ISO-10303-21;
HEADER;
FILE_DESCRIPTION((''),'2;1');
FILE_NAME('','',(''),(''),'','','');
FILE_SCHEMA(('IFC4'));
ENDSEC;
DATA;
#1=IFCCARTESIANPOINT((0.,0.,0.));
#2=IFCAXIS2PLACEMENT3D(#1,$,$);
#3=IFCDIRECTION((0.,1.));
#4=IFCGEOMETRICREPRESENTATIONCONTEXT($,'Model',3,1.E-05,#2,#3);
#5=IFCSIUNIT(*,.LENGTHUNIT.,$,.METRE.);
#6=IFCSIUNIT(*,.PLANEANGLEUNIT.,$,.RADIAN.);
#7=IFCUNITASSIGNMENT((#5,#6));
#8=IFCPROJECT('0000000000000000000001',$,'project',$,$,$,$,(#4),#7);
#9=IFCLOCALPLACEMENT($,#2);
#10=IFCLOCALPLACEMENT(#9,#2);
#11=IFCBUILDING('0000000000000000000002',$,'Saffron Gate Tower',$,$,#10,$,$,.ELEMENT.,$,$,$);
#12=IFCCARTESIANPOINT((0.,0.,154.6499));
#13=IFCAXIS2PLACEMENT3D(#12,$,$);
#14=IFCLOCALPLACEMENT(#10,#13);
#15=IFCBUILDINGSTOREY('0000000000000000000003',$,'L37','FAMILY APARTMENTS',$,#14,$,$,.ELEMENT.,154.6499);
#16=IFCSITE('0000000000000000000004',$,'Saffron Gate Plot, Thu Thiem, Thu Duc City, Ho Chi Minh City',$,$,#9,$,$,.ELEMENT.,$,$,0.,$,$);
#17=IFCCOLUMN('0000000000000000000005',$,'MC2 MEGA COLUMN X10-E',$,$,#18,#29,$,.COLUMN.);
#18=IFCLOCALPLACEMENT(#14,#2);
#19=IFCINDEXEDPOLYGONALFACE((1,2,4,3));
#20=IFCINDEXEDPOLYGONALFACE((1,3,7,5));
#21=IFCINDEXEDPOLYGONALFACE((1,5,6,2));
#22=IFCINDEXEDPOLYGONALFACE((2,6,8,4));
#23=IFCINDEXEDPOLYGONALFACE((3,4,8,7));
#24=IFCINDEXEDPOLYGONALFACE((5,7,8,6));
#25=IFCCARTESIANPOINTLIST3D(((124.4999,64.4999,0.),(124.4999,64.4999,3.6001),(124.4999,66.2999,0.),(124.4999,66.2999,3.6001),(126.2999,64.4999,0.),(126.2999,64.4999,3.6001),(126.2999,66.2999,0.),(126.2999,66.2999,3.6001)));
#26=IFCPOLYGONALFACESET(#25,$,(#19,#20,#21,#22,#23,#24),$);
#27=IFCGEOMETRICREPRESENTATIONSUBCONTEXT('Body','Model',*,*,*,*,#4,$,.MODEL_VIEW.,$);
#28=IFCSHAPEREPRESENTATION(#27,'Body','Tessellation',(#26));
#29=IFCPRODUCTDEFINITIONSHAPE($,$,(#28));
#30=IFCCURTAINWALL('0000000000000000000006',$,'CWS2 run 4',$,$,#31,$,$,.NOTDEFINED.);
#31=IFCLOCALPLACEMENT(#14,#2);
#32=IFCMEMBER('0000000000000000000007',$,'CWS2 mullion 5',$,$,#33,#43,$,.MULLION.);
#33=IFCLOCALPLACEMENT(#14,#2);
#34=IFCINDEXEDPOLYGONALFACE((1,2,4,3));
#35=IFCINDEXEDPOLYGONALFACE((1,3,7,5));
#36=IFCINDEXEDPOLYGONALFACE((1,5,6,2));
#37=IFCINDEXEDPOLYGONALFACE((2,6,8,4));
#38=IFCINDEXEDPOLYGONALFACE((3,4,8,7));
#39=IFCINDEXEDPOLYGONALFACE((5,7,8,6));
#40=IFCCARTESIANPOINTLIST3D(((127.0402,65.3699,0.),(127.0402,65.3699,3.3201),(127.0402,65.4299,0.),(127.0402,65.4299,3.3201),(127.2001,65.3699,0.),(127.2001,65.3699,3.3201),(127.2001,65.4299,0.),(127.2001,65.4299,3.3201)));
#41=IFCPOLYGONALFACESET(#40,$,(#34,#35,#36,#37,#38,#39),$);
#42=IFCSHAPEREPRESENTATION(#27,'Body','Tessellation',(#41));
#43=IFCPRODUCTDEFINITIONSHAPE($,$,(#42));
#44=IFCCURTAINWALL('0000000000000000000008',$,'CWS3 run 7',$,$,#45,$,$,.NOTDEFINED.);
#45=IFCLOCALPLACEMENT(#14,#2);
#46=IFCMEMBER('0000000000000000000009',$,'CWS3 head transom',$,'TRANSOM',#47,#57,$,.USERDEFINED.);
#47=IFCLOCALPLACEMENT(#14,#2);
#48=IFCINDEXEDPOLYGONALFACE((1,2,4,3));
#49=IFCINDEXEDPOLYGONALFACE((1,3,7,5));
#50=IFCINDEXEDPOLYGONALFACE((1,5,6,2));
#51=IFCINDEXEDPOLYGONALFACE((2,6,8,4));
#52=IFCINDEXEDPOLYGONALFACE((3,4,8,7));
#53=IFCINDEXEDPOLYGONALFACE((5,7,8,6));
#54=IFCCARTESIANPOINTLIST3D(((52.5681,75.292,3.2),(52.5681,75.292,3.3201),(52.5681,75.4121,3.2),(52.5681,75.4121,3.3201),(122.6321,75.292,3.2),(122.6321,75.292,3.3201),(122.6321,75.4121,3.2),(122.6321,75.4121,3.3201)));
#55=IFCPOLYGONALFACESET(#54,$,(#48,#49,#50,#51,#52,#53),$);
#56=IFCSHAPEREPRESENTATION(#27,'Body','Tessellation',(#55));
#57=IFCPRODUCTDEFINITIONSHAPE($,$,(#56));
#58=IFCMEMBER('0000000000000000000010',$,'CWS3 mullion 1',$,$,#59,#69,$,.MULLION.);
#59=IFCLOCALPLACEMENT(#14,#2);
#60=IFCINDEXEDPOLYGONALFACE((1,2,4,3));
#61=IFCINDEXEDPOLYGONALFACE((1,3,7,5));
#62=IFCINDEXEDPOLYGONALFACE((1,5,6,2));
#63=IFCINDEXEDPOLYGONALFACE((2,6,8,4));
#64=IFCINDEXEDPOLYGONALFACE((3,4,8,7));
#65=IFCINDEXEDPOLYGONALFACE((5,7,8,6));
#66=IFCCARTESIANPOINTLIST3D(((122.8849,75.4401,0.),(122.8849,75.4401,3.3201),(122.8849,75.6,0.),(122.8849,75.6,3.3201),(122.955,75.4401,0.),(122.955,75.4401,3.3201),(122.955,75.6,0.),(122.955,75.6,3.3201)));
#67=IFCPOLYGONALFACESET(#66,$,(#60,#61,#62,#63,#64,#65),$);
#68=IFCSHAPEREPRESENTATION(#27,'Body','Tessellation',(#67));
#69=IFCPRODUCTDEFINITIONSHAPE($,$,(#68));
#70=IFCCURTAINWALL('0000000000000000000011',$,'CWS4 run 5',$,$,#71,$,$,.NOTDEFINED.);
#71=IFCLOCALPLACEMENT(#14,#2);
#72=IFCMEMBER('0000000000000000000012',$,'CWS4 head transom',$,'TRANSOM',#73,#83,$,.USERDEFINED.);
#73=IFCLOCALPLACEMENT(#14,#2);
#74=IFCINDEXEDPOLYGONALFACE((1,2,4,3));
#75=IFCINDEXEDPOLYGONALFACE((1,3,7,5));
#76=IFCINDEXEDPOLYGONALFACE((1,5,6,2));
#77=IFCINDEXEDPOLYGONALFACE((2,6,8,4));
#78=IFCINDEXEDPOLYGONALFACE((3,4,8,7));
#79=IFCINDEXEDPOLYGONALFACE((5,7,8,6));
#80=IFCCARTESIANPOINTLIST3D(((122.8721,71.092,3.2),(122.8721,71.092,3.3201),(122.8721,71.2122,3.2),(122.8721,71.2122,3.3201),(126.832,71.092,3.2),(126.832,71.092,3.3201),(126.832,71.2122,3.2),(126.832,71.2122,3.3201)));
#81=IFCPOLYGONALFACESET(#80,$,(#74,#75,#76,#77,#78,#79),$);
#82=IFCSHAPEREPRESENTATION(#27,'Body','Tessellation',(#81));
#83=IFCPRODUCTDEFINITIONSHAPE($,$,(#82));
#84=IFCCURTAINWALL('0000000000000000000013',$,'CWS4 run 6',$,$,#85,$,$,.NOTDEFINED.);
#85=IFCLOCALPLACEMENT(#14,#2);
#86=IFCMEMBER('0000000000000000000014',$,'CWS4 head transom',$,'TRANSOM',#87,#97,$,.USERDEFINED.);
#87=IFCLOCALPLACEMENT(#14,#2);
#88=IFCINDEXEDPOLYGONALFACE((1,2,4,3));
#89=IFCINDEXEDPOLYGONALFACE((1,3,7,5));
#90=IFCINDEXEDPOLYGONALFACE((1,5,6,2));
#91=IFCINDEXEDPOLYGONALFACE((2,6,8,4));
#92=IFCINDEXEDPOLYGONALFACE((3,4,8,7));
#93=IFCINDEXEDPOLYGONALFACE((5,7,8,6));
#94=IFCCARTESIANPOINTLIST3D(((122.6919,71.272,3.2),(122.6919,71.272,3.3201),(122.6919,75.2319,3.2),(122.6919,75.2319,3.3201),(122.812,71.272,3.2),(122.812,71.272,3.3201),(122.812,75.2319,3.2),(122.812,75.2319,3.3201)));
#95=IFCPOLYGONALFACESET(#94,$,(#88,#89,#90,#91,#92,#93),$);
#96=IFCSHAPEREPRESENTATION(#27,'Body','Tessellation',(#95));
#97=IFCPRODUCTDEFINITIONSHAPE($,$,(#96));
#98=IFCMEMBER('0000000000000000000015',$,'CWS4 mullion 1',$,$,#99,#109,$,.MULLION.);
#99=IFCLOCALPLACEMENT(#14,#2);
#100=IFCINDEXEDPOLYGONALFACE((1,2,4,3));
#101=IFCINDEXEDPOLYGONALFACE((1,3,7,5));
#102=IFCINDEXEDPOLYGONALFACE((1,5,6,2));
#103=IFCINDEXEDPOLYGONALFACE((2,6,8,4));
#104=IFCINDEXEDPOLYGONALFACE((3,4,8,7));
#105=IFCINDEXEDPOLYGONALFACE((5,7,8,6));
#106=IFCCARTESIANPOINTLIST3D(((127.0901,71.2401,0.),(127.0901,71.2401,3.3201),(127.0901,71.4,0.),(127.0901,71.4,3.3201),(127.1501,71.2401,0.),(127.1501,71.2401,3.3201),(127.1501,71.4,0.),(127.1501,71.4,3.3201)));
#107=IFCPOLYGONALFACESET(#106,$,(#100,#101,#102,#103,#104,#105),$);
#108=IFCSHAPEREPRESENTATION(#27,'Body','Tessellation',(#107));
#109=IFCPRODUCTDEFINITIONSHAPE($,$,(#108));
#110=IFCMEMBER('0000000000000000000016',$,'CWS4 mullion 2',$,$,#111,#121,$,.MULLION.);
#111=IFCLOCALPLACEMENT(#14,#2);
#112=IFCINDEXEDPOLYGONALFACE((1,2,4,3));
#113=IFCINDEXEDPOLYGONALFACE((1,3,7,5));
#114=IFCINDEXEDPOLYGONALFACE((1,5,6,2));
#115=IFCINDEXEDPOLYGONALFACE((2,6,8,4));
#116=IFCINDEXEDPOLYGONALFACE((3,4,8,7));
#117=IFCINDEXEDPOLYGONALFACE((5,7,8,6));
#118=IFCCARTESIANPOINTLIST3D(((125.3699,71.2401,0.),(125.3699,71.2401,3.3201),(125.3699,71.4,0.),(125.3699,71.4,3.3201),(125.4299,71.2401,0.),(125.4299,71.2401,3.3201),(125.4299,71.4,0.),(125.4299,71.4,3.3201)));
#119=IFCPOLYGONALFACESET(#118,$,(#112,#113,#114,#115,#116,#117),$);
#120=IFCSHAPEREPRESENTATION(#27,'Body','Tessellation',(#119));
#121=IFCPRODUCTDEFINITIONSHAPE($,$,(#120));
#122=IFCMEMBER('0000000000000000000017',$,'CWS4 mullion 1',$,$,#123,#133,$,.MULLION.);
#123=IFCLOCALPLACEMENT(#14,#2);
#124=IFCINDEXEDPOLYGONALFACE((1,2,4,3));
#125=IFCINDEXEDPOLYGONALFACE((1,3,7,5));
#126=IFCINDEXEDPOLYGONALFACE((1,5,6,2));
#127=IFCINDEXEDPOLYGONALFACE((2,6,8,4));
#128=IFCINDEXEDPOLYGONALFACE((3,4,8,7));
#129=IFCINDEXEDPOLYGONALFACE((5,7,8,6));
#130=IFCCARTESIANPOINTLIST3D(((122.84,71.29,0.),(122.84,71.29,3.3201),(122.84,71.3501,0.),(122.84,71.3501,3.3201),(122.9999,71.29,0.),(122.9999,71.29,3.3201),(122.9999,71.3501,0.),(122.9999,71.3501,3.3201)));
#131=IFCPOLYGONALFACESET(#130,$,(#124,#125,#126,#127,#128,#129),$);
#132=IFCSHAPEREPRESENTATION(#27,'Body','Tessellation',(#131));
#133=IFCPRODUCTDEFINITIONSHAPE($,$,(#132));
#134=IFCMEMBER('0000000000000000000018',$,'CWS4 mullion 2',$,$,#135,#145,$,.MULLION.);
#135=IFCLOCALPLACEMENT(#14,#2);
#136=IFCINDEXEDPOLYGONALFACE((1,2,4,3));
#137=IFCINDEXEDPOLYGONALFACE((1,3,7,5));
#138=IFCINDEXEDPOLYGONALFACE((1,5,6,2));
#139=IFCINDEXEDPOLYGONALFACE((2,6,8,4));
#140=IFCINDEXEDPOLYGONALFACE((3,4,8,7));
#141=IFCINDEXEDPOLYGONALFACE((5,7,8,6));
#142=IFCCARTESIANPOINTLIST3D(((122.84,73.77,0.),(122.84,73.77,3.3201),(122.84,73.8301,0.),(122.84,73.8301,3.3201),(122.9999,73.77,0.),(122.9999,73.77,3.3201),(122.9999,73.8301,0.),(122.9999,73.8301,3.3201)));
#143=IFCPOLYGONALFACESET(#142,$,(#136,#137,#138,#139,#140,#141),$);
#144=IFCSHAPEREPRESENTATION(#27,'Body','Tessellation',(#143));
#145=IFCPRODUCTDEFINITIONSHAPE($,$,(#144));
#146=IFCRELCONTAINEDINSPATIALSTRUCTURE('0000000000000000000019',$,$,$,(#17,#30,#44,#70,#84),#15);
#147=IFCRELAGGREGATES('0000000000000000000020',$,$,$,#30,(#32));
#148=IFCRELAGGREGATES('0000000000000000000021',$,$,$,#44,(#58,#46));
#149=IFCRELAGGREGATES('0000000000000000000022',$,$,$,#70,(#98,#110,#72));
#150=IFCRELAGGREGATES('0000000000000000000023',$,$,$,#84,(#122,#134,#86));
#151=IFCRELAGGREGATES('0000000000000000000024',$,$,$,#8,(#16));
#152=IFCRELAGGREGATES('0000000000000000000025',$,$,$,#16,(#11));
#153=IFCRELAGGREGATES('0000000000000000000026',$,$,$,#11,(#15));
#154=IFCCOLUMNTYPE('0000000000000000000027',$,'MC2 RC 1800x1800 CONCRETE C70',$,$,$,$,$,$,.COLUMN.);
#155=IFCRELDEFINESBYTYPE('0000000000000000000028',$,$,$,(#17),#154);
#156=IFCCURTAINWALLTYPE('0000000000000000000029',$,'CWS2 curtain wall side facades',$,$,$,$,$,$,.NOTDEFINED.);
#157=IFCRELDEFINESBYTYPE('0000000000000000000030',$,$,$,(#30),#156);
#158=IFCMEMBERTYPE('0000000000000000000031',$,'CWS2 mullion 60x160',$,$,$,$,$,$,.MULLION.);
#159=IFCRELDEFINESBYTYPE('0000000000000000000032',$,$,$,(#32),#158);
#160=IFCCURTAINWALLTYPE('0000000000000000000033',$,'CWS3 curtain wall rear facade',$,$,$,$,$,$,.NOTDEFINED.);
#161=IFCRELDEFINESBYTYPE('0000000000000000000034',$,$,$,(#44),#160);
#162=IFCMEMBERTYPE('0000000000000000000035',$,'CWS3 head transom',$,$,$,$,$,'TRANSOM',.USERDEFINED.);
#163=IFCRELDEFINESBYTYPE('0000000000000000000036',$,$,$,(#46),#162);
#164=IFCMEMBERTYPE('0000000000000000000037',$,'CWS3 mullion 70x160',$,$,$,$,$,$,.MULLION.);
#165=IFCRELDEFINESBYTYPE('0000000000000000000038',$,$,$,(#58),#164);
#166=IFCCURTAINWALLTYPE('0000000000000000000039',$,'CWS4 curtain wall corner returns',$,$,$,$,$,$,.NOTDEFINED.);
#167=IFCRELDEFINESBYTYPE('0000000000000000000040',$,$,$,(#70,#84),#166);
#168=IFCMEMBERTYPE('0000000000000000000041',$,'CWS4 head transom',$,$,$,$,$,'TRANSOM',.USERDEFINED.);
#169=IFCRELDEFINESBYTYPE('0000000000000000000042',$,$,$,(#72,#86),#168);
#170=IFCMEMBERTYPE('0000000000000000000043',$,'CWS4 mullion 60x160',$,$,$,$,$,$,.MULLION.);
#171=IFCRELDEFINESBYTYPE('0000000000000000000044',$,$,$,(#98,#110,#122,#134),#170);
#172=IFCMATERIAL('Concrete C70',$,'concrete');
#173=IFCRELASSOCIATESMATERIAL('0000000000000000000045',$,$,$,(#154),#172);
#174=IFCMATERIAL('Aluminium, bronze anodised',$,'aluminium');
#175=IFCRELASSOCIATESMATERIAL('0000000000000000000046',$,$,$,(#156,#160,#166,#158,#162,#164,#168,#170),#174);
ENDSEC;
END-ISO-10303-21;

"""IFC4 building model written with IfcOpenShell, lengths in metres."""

from ifc_helpers import new_model, si_unit, direction, frame, origin, origin_2d, place, context, subcontext, project, spatial, rectangle, extrude, material, material_profile, profile_set, type_object, element, aggregate, save


model = new_model("IFC4")

# Units and contexts
model_context = context("Model", 3, precision=1e-05, world=origin(), true_north=direction((0.0, 1.0)))
body_context = subcontext(model_context, "Body", "Model", "MODEL_VIEW")
ifc_project = project(units=[si_unit("LENGTHUNIT", "METRE"), si_unit("PLANEANGLEUNIT", "RADIAN")], contexts=[model_context])

# Site, building, storey
site_placement = place(None, origin())
site = spatial("IfcSite", under=ifc_project, at=site_placement, Name="Saffron Gate Plot, Thu Thiem, Thu Duc City, Ho Chi Minh City", CompositionType="ELEMENT", RefElevation=0.0)
building_placement = place(site_placement, origin())
building = spatial("IfcBuilding", under=site, at=building_placement, Name="Saffron Gate Tower", CompositionType="ELEMENT")
storey_placement = place(building_placement, frame((0.0, 0.0, 154.6499)))
storey = spatial("IfcBuildingStorey", under=building, at=storey_placement, Name="L37", Description="FAMILY APARTMENTS", CompositionType="ELEMENT", Elevation=154.6499)

# Column
ifc_material_1 = material(Name="Concrete C70", Category="concrete")
ifc_material_profile_1 = material_profile(ifc_material_1, rectangle(XDim=1.8, YDim=1.8, at=origin_2d()))
ifc_profile_set_1 = profile_set([ifc_material_profile_1], Name="Concrete C70")
column_type = type_object("IfcColumnType", Name="MC2 RC 1800x1800 CONCRETE C70", PredefinedType="COLUMN", material=ifc_profile_set_1)
column_placement = place(storey_placement, frame((125.3999, 65.3999, 0.0), z_axis=(0.0, 0.0, 1.0), x_axis=(1.0, 0.0, 0.0)))
element("IfcColumn", 1, at=column_placement, inside=storey, type_object=column_type, Name="MC2 MEGA COLUMN X10-E", PredefinedType="COLUMN", context=body_context, shape_type="SweptSolid", body=[
    extrude(rectangle(XDim=1.8, YDim=1.8, at=origin_2d()), origin(), (0.0, 0.0, 1.0), 3.6001),
])

# Curtain wall, member
ifc_material_2 = material(Name="Aluminium, bronze anodised", Category="aluminium")
curtain_wall_type_1 = type_object("IfcCurtainWallType", Name="CWS2 curtain wall side facades", PredefinedType="NOTDEFINED", material=ifc_material_2)
curtain_wall_1_placement = place(storey_placement, origin())
curtain_wall_1 = element("IfcCurtainWall", 2, at=curtain_wall_1_placement, inside=storey, type_object=curtain_wall_type_1, Name="CWS2 run 4", PredefinedType="NOTDEFINED")
ifc_material_profile_2 = material_profile(ifc_material_2, rectangle(XDim=0.1599, YDim=0.0601, at=origin_2d()))
ifc_profile_set_2 = profile_set([ifc_material_profile_2], Name="Aluminium, bronze anodised")
member_type_1 = type_object("IfcMemberType", Name="CWS2 mullion 60x160", PredefinedType="MULLION", material=ifc_profile_set_2)
member_1_placement = place(storey_placement, frame((127.1201, 65.3999, 0.0), z_axis=(0.0, 0.0, 1.0), x_axis=(-1.0, 0.0, 0.0)))
member_1 = element("IfcMember", 3, at=member_1_placement, type_object=member_type_1, Name="CWS2 mullion 5", PredefinedType="MULLION", context=body_context, shape_type="SweptSolid", body=[
    extrude(rectangle(XDim=0.1599, YDim=0.0601, at=origin_2d()), origin(), (0.0, 0.0, 1.0), 3.3201),
])
aggregate(curtain_wall_1, [member_1])

# Curtain wall, members
curtain_wall_type_2 = type_object("IfcCurtainWallType", Name="CWS3 curtain wall rear facade", PredefinedType="NOTDEFINED", material=ifc_material_2)
curtain_wall_2_placement = place(storey_placement, origin())
curtain_wall_2 = element("IfcCurtainWall", 4, at=curtain_wall_2_placement, inside=storey, type_object=curtain_wall_type_2, Name="CWS3 run 7", PredefinedType="NOTDEFINED")
ifc_material_profile_3 = material_profile(ifc_material_2, rectangle(XDim=0.1201, YDim=0.1201, at=origin_2d()))
ifc_profile_set_3 = profile_set([ifc_material_profile_3], Name="Aluminium, bronze anodised")
member_type_2 = type_object("IfcMemberType", Name="CWS3 head transom", ElementType="TRANSOM", PredefinedType="USERDEFINED", material=ifc_profile_set_3)
member_2_placement = place(storey_placement, frame((122.6321, 75.3521, 3.26), z_axis=(-1.0, 0.0, 0.0), x_axis=(0.0, -1.0, 0.0)))
member_2 = element("IfcMember", 5, at=member_2_placement, type_object=member_type_2, Name="CWS3 head transom", ObjectType="TRANSOM", PredefinedType="USERDEFINED", context=body_context, shape_type="SweptSolid", body=[
    extrude(rectangle(XDim=0.1201, YDim=0.1201, at=origin_2d()), origin(), (0.0, 0.0, 1.0), 70.064),
])
ifc_material_profile_4 = material_profile(ifc_material_2, rectangle(XDim=0.1599, YDim=0.0701, at=origin_2d()))
ifc_profile_set_4 = profile_set([ifc_material_profile_4], Name="Aluminium, bronze anodised")
member_type_3 = type_object("IfcMemberType", Name="CWS3 mullion 70x160", PredefinedType="MULLION", material=ifc_profile_set_4)
member_3_placement = place(storey_placement, frame((122.9199, 75.52, 0.0), z_axis=(0.0, 0.0, 1.0), x_axis=(0.0, -1.0, 0.0)))
member_3 = element("IfcMember", 6, at=member_3_placement, type_object=member_type_3, Name="CWS3 mullion 1", PredefinedType="MULLION", context=body_context, shape_type="SweptSolid", body=[
    extrude(rectangle(XDim=0.1599, YDim=0.0701, at=origin_2d()), origin(), (0.0, 0.0, 1.0), 3.3201),
])

# Curtain walls, members
curtain_wall_type_3 = type_object("IfcCurtainWallType", Name="CWS4 curtain wall corner returns", PredefinedType="NOTDEFINED", material=ifc_material_2)
curtain_wall_3_placement = place(storey_placement, origin())
curtain_wall_3 = element("IfcCurtainWall", 7, at=curtain_wall_3_placement, inside=storey, type_object=curtain_wall_type_3, Name="CWS4 run 5", PredefinedType="NOTDEFINED")
ifc_material_profile_5 = material_profile(ifc_material_2, rectangle(XDim=0.1201, YDim=0.1201, at=origin_2d()))
ifc_profile_set_5 = profile_set([ifc_material_profile_5], Name="Aluminium, bronze anodised")
member_type_4 = type_object("IfcMemberType", Name="CWS4 head transom", ElementType="TRANSOM", PredefinedType="USERDEFINED", material=ifc_profile_set_5)
member_4_placement = place(storey_placement, frame((126.832, 71.1521, 3.26), z_axis=(-1.0, 0.0, 0.0), x_axis=(0.0, -1.0, 0.0)))
member_4 = element("IfcMember", 8, at=member_4_placement, type_object=member_type_4, Name="CWS4 head transom", ObjectType="TRANSOM", PredefinedType="USERDEFINED", context=body_context, shape_type="SweptSolid", body=[
    extrude(rectangle(XDim=0.1201, YDim=0.1201, at=origin_2d()), origin(), (0.0, 0.0, 1.0), 3.96),
])
curtain_wall_4_placement = place(storey_placement, origin())
curtain_wall_4 = element("IfcCurtainWall", 9, at=curtain_wall_4_placement, inside=storey, type_object=curtain_wall_type_3, Name="CWS4 run 6", PredefinedType="NOTDEFINED")
member_5_placement = place(storey_placement, frame((122.752, 71.272, 3.26), z_axis=(0.0, 1.0, 0.0), x_axis=(-1.0, 0.0, 0.0)))
member_5 = element("IfcMember", 10, at=member_5_placement, type_object=member_type_4, Name="CWS4 head transom", ObjectType="TRANSOM", PredefinedType="USERDEFINED", context=body_context, shape_type="SweptSolid", body=[
    extrude(rectangle(XDim=0.1201, YDim=0.1201, at=origin_2d()), origin(), (0.0, 0.0, 1.0), 3.96),
])

# Members
ifc_material_profile_6 = material_profile(ifc_material_2, rectangle(XDim=0.1599, YDim=0.0601, at=origin_2d()))
ifc_profile_set_6 = profile_set([ifc_material_profile_6], Name="Aluminium, bronze anodised")
member_type_5 = type_object("IfcMemberType", Name="CWS4 mullion 60x160", PredefinedType="MULLION", material=ifc_profile_set_6)
member_6_placement = place(storey_placement, frame((127.1201, 71.3201, 0.0), z_axis=(0.0, 0.0, 1.0), x_axis=(0.0, -1.0, 0.0)))
member_6 = element("IfcMember", 11, at=member_6_placement, type_object=member_type_5, Name="CWS4 mullion 1", PredefinedType="MULLION", context=body_context, shape_type="SweptSolid", body=[
    extrude(rectangle(XDim=0.1599, YDim=0.0601, at=origin_2d()), origin(), (0.0, 0.0, 1.0), 3.3201),
])
member_7_placement = place(storey_placement, frame((125.3999, 71.3201, 0.0), z_axis=(0.0, 0.0, 1.0), x_axis=(0.0, -1.0, 0.0)))
member_7 = element("IfcMember", 12, at=member_7_placement, type_object=member_type_5, Name="CWS4 mullion 2", PredefinedType="MULLION", context=body_context, shape_type="SweptSolid", body=[
    extrude(rectangle(XDim=0.1599, YDim=0.0601, at=origin_2d()), origin(), (0.0, 0.0, 1.0), 3.3201),
])
member_8_placement = place(storey_placement, frame((122.9199, 71.3201, 0.0), z_axis=(0.0, 0.0, 1.0), x_axis=(-1.0, 0.0, 0.0)))
member_8 = element("IfcMember", 13, at=member_8_placement, type_object=member_type_5, Name="CWS4 mullion 1", PredefinedType="MULLION", context=body_context, shape_type="SweptSolid", body=[
    extrude(rectangle(XDim=0.1599, YDim=0.0601, at=origin_2d()), origin(), (0.0, 0.0, 1.0), 3.3201),
])
member_9_placement = place(storey_placement, frame((122.9199, 73.8, 0.0), z_axis=(0.0, 0.0, 1.0), x_axis=(-1.0, 0.0, 0.0)))
member_9 = element("IfcMember", 14, at=member_9_placement, type_object=member_type_5, Name="CWS4 mullion 2", PredefinedType="MULLION", context=body_context, shape_type="SweptSolid", body=[
    extrude(rectangle(XDim=0.1599, YDim=0.0601, at=origin_2d()), origin(), (0.0, 0.0, 1.0), 3.3201),
])

aggregate(curtain_wall_2, [member_3, member_2])

aggregate(curtain_wall_3, [member_6, member_7, member_4])
aggregate(curtain_wall_4, [member_8, member_9, member_5])

save(model, "model.ifc")
